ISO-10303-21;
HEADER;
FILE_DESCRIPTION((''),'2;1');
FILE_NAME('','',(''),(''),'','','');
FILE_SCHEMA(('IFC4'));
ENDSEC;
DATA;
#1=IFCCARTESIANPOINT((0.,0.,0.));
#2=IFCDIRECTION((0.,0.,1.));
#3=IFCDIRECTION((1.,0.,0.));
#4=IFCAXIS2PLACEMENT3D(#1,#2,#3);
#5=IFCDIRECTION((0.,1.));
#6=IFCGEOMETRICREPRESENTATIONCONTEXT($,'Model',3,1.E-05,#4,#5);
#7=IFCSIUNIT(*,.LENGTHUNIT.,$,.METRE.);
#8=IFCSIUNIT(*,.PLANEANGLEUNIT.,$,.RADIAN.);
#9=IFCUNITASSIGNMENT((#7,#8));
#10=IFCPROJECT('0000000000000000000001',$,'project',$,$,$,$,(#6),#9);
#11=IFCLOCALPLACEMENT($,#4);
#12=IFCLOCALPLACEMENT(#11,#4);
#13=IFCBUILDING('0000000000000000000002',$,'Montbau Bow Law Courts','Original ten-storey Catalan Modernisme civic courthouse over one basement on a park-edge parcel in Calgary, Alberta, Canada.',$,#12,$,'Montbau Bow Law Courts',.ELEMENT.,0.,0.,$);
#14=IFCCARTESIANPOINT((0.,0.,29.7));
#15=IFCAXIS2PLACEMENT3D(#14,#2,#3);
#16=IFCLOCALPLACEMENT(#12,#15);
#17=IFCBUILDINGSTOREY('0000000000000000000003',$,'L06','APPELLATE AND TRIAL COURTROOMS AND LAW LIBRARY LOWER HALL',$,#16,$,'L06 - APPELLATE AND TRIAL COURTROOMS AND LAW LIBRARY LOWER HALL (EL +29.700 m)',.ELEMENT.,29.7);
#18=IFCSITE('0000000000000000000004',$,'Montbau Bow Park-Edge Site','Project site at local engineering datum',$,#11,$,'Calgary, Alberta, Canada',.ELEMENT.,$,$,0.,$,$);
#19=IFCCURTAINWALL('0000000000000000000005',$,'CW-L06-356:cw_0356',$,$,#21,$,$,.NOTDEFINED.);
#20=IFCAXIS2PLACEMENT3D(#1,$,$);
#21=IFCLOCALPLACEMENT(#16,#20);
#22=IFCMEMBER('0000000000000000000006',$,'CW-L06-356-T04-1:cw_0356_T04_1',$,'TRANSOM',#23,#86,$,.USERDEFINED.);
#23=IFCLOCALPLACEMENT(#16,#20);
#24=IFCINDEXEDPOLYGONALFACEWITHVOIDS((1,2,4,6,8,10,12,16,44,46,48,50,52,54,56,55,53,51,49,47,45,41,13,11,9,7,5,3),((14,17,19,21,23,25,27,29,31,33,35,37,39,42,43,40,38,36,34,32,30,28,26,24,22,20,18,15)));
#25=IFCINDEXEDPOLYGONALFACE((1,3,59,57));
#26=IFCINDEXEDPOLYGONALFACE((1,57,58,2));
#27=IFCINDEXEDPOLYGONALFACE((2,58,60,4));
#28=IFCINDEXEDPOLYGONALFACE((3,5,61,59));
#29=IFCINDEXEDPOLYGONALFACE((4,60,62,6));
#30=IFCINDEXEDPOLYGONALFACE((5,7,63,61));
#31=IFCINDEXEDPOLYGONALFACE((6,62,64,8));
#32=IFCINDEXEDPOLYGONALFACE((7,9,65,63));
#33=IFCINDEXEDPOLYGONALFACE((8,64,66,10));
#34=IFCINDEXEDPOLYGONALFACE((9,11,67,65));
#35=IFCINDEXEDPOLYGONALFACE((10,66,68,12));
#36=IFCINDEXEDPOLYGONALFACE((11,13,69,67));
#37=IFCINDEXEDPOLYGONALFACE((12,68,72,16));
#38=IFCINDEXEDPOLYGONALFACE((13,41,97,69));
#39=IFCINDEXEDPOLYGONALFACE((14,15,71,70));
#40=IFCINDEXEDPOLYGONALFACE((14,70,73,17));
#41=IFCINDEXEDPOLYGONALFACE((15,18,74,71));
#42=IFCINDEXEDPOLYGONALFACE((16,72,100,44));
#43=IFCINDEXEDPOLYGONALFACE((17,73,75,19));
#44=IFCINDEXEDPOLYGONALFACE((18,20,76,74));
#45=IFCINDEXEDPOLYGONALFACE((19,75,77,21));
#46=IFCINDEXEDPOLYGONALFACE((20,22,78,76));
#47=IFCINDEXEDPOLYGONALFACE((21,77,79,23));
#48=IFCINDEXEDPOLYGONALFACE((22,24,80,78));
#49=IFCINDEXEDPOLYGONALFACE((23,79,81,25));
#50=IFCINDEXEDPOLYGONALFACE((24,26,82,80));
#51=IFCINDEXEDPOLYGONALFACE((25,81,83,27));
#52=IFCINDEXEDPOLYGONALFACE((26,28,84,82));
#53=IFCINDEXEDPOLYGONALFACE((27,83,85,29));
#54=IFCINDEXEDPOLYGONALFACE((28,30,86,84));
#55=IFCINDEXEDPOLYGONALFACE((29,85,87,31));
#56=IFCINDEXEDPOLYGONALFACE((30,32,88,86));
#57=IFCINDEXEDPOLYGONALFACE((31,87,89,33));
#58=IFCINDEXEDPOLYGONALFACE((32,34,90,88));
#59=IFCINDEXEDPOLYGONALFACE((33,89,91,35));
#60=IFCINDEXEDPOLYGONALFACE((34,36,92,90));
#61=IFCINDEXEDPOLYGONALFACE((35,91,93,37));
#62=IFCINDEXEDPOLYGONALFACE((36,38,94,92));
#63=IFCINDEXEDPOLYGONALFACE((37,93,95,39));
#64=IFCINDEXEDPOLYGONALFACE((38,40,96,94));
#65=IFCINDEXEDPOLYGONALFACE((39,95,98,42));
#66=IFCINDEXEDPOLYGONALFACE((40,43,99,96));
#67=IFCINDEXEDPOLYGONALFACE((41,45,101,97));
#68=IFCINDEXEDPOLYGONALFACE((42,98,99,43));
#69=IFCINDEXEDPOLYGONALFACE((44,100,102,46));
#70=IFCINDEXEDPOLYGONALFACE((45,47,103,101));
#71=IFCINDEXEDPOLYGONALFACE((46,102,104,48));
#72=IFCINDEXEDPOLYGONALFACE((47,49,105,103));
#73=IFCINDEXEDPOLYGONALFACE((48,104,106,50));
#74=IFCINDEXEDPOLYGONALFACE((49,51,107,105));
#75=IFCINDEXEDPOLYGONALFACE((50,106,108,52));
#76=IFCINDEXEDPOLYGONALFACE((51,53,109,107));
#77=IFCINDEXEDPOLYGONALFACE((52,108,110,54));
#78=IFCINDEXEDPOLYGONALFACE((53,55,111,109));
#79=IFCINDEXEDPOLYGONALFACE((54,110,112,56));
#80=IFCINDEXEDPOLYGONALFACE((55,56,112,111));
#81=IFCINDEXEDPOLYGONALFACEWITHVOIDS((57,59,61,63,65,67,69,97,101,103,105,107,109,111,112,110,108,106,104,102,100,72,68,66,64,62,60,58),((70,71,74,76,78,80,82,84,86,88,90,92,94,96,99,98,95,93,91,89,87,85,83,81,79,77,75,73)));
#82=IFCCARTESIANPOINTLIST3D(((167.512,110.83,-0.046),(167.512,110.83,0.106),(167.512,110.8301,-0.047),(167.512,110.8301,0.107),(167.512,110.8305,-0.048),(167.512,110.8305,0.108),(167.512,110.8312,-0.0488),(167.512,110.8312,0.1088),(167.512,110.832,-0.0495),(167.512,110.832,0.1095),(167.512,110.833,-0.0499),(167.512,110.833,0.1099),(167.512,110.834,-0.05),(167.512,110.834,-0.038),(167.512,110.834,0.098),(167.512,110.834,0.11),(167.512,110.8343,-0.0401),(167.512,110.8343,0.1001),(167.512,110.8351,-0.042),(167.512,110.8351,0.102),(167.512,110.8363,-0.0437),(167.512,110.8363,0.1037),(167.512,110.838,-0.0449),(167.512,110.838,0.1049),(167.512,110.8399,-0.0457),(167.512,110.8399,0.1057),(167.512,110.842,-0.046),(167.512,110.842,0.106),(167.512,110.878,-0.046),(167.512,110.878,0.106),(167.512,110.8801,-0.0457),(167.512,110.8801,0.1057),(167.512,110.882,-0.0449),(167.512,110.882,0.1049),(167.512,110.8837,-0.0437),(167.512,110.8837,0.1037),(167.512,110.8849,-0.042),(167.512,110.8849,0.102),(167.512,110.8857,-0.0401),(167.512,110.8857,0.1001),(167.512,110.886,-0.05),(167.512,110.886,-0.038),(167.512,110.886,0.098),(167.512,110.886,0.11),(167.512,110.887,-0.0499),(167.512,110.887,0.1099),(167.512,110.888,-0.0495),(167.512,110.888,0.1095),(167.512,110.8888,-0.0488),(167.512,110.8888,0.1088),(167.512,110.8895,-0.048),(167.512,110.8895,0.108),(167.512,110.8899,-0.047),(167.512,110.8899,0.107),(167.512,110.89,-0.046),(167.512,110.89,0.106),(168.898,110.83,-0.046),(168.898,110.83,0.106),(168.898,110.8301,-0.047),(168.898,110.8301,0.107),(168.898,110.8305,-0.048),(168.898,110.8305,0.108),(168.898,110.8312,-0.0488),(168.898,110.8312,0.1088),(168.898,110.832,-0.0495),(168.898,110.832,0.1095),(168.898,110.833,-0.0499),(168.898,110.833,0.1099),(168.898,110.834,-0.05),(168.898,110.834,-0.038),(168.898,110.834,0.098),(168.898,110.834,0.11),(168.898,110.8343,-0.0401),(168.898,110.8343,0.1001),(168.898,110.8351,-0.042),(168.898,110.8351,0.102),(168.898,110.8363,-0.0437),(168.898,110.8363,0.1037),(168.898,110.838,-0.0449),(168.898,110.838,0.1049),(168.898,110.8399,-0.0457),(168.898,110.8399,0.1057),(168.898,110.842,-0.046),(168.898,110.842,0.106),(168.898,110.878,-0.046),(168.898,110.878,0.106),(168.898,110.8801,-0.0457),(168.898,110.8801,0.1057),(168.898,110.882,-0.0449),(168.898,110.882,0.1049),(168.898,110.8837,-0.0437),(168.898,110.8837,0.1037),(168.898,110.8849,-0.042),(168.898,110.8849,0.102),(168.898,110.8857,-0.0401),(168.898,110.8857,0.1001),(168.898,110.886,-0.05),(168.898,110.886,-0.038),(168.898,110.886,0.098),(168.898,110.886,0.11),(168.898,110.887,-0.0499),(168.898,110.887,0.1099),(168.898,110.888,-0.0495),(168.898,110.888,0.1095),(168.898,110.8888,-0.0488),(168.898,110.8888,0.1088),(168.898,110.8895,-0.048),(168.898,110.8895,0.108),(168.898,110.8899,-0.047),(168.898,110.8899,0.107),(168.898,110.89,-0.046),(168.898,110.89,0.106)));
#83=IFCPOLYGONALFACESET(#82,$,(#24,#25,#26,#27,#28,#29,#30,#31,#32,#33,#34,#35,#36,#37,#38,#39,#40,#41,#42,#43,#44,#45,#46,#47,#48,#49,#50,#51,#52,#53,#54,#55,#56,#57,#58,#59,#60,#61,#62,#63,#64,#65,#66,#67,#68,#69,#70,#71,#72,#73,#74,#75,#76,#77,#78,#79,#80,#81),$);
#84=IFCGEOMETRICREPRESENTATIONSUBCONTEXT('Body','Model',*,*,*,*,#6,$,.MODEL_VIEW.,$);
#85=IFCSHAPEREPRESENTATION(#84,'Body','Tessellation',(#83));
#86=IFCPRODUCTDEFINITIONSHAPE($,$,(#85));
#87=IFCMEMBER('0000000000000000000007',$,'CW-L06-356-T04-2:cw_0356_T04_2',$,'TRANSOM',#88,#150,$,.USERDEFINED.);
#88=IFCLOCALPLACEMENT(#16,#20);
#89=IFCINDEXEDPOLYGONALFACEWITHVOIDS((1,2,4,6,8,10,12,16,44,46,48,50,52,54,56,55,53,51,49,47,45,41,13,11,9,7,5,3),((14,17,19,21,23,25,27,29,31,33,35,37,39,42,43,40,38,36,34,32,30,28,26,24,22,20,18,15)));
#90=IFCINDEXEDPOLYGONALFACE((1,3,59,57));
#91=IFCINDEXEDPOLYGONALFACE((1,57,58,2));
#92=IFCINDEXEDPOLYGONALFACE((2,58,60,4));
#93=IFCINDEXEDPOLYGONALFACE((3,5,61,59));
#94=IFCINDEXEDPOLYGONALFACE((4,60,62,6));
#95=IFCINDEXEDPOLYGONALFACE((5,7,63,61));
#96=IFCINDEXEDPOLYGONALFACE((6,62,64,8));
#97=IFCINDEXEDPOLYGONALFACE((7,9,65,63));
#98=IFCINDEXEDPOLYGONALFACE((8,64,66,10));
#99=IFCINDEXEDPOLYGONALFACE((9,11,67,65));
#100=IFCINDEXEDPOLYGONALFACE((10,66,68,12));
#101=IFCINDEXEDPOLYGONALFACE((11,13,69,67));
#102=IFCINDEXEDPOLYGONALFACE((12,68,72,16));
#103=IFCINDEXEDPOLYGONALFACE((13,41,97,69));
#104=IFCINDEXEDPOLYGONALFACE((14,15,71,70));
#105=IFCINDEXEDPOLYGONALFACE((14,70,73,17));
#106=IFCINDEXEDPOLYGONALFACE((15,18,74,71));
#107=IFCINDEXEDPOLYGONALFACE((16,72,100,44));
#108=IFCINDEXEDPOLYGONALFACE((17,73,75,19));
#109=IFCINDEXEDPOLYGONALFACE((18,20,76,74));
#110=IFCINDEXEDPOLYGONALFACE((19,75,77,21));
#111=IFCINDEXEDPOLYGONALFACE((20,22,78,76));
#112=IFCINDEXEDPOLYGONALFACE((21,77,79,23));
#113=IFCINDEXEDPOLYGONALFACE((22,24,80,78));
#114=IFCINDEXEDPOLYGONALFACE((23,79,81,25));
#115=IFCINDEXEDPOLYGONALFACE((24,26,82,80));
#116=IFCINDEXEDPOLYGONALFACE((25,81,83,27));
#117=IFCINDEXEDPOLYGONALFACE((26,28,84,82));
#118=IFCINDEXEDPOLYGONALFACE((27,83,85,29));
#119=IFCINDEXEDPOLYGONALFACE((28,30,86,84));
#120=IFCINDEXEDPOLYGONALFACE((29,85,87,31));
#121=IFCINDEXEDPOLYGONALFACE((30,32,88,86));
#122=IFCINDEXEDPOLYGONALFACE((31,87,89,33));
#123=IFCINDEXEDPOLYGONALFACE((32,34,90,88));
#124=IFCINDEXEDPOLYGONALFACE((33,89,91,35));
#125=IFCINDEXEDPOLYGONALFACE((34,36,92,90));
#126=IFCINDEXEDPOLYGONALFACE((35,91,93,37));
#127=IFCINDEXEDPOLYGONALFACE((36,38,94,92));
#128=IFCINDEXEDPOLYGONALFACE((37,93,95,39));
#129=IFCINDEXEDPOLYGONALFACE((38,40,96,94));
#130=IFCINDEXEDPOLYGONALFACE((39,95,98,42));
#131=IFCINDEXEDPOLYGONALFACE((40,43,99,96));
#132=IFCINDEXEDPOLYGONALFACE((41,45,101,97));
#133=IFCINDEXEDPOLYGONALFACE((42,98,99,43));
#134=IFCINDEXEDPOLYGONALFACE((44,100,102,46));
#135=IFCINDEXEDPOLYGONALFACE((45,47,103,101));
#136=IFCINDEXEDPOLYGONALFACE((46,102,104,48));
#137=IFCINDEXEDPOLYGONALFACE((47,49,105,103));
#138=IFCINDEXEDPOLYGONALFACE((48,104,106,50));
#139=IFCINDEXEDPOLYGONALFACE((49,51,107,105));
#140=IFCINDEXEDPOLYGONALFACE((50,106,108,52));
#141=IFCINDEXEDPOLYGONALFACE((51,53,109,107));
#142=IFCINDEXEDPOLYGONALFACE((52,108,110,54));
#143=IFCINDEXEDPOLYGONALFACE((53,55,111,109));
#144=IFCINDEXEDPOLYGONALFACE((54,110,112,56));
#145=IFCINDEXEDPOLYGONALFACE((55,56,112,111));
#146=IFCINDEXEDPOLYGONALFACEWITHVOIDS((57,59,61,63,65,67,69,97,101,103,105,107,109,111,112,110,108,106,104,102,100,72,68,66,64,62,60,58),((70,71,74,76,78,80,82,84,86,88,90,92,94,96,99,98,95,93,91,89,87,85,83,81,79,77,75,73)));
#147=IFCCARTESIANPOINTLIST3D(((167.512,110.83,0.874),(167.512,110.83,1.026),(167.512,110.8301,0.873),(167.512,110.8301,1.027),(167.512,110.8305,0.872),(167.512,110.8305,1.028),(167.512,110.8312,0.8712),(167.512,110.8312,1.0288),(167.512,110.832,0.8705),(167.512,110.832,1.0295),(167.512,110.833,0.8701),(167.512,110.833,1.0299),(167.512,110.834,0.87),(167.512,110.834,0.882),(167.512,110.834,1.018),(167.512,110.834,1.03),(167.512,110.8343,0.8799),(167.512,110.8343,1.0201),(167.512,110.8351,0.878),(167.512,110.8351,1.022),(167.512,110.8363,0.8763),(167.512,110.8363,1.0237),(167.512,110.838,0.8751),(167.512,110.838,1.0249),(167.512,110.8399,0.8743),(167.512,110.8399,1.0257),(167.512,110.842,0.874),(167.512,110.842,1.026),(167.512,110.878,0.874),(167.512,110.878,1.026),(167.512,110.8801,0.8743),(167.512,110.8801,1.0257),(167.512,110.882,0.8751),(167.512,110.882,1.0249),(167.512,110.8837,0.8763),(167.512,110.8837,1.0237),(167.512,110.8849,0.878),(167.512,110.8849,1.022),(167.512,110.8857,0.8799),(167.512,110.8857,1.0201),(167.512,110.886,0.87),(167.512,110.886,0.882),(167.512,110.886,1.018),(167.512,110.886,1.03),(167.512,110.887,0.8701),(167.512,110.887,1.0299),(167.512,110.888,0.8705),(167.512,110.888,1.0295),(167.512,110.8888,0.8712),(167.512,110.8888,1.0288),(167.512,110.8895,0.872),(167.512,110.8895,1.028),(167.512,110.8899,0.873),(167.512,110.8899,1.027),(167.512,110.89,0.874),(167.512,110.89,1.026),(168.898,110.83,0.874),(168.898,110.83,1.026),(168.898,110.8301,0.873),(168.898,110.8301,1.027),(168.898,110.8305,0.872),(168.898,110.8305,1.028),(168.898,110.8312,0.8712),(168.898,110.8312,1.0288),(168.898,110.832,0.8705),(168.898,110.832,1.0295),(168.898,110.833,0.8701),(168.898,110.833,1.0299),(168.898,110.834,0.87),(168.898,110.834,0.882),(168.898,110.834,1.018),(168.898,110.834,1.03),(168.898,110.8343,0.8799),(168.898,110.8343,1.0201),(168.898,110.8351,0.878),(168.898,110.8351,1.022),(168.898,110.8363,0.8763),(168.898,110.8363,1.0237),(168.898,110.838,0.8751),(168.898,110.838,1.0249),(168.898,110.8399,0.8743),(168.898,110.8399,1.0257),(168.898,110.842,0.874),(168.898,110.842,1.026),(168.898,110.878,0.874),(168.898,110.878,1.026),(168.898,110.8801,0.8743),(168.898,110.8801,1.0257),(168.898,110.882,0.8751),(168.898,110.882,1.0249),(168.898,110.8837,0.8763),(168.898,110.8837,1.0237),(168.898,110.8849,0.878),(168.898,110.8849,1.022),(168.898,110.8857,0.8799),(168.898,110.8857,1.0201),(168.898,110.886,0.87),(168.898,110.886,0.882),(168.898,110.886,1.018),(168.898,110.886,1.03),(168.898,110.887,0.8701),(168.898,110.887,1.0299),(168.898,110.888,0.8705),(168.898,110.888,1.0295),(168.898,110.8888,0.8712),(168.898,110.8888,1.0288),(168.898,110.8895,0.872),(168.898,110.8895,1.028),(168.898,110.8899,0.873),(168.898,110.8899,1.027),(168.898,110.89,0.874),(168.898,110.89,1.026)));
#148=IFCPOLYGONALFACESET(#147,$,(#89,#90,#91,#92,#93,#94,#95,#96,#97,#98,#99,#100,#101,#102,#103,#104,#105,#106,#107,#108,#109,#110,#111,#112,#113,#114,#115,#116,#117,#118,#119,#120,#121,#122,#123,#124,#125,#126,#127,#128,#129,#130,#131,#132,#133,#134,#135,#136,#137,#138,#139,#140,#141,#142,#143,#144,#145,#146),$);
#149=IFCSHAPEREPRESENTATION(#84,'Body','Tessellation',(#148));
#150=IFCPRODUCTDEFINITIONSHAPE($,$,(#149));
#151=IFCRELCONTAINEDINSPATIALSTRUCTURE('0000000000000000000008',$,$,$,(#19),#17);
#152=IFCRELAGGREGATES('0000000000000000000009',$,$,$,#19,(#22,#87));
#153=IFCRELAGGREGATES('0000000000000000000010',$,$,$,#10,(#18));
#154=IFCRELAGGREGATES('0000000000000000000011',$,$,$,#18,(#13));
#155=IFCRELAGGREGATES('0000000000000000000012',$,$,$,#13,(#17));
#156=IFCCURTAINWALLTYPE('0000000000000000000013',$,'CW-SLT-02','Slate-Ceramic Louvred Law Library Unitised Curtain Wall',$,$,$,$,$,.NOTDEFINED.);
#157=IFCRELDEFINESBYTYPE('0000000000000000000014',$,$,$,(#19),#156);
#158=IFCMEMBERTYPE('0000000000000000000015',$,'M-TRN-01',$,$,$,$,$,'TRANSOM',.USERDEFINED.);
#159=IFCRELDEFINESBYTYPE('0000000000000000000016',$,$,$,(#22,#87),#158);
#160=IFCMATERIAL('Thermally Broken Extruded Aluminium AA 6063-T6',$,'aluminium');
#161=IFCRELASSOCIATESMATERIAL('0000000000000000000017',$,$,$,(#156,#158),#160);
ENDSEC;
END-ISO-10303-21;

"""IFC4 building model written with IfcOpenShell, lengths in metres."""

from ifc_helpers import new_model, si_unit, direction, frame, origin_with_axes, origin_2d_with_axis, place, context, subcontext, project, spatial, hollow_rectangle, extrude, material, material_profile, profile_set, type_object, element, aggregate, save


model = new_model("IFC4")

# Units and contexts
model_context = context("Model", 3, precision=1e-05, world=origin_with_axes(), true_north=direction((0.0, 1.0)))
body_context = subcontext(model_context, "Body", "Model", "MODEL_VIEW")
ifc_project = project(units=[si_unit("LENGTHUNIT", "METRE"), si_unit("PLANEANGLEUNIT", "RADIAN")], contexts=[model_context])

# Site, building, storey
site_placement = place(None, origin_with_axes())
site = spatial("IfcSite", under=ifc_project, at=site_placement, Name="Montbau Bow Park-Edge Site", Description="Project site at local engineering datum", LongName="Calgary, Alberta, Canada", CompositionType="ELEMENT", RefElevation=0.0)
building_placement = place(site_placement, origin_with_axes())
building = spatial("IfcBuilding", under=site, at=building_placement, Name="Montbau Bow Law Courts", Description="Original ten-storey Catalan Modernisme civic courthouse over one basement on a park-edge parcel in Calgary, Alberta, Canada.", LongName="Montbau Bow Law Courts", CompositionType="ELEMENT", ElevationOfRefHeight=0.0, ElevationOfTerrain=0.0)
storey_placement = place(building_placement, frame((0.0, 0.0, 29.7), z_axis=(0.0, 0.0, 1.0), x_axis=(1.0, 0.0, 0.0)))
storey = spatial("IfcBuildingStorey", under=building, at=storey_placement, Name="L06", Description="APPELLATE AND TRIAL COURTROOMS AND LAW LIBRARY LOWER HALL", LongName="L06 - APPELLATE AND TRIAL COURTROOMS AND LAW LIBRARY LOWER HALL (EL +29.700 m)", CompositionType="ELEMENT", Elevation=29.7)

# Curtain wall, members
ifc_material_1 = material(Name="Thermally Broken Extruded Aluminium AA 6063-T6", Category="aluminium")
curtain_wall_type = type_object("IfcCurtainWallType", Name="CW-SLT-02", Description="Slate-Ceramic Louvred Law Library Unitised Curtain Wall", PredefinedType="NOTDEFINED", material=ifc_material_1)
curtain_wall_placement = place(None, frame((163.04, 110.86, 29.7), z_axis=(0.0, 0.0, 1.0), x_axis=(1.0, 0.0, 0.0)))
curtain_wall = element("IfcCurtainWall", 1, at=curtain_wall_placement, inside=storey, type_object=curtain_wall_type, Name="CW-L06-356:cw_0356", PredefinedType="NOTDEFINED")
ifc_material_profile_1 = material_profile(ifc_material_1, hollow_rectangle(XDim=0.06, YDim=0.16, WallThickness=0.004, InnerFilletRadius=0.008, OuterFilletRadius=0.004, at=origin_2d_with_axis()), Name="CWT-160X60", Category="Main", Priority=0)
ifc_profile_set_1 = profile_set([ifc_material_profile_1], Name="Thermally Broken Extruded Aluminium AA 6063-T6")
member_type_1 = type_object("IfcMemberType", Name="M-TRN-01", ElementType="TRANSOM", PredefinedType="USERDEFINED", material=ifc_profile_set_1)
member_1_placement = place(None, frame((167.512, 110.86, 29.73), z_axis=(1.0, 0.0, 0.0), x_axis=(0.0, 1.0, 0.0)))
member_1 = element("IfcMember", 2, at=member_1_placement, type_object=member_type_1, Name="CW-L06-356-T04-1:cw_0356_T04_1", ObjectType="TRANSOM", PredefinedType="USERDEFINED", context=body_context, shape_type="SweptSolid", body=[
    extrude(hollow_rectangle(XDim=0.06, YDim=0.16, WallThickness=0.004, InnerFilletRadius=0.008, OuterFilletRadius=0.004, at=origin_2d_with_axis()), origin_with_axes(), (0.0, 0.0, 1.0), 1.386),
])
member_2_placement = place(None, frame((167.512, 110.86, 30.65), z_axis=(1.0, 0.0, 0.0), x_axis=(0.0, 1.0, 0.0)))
member_2 = element("IfcMember", 3, at=member_2_placement, type_object=member_type_1, Name="CW-L06-356-T04-2:cw_0356_T04_2", ObjectType="TRANSOM", PredefinedType="USERDEFINED", context=body_context, shape_type="SweptSolid", body=[
    extrude(hollow_rectangle(XDim=0.06, YDim=0.16, WallThickness=0.004, InnerFilletRadius=0.008, OuterFilletRadius=0.004, at=origin_2d_with_axis()), origin_with_axes(), (0.0, 0.0, 1.0), 1.386),
])
aggregate(curtain_wall, [member_1, member_2])

save(model, "model.ifc")
